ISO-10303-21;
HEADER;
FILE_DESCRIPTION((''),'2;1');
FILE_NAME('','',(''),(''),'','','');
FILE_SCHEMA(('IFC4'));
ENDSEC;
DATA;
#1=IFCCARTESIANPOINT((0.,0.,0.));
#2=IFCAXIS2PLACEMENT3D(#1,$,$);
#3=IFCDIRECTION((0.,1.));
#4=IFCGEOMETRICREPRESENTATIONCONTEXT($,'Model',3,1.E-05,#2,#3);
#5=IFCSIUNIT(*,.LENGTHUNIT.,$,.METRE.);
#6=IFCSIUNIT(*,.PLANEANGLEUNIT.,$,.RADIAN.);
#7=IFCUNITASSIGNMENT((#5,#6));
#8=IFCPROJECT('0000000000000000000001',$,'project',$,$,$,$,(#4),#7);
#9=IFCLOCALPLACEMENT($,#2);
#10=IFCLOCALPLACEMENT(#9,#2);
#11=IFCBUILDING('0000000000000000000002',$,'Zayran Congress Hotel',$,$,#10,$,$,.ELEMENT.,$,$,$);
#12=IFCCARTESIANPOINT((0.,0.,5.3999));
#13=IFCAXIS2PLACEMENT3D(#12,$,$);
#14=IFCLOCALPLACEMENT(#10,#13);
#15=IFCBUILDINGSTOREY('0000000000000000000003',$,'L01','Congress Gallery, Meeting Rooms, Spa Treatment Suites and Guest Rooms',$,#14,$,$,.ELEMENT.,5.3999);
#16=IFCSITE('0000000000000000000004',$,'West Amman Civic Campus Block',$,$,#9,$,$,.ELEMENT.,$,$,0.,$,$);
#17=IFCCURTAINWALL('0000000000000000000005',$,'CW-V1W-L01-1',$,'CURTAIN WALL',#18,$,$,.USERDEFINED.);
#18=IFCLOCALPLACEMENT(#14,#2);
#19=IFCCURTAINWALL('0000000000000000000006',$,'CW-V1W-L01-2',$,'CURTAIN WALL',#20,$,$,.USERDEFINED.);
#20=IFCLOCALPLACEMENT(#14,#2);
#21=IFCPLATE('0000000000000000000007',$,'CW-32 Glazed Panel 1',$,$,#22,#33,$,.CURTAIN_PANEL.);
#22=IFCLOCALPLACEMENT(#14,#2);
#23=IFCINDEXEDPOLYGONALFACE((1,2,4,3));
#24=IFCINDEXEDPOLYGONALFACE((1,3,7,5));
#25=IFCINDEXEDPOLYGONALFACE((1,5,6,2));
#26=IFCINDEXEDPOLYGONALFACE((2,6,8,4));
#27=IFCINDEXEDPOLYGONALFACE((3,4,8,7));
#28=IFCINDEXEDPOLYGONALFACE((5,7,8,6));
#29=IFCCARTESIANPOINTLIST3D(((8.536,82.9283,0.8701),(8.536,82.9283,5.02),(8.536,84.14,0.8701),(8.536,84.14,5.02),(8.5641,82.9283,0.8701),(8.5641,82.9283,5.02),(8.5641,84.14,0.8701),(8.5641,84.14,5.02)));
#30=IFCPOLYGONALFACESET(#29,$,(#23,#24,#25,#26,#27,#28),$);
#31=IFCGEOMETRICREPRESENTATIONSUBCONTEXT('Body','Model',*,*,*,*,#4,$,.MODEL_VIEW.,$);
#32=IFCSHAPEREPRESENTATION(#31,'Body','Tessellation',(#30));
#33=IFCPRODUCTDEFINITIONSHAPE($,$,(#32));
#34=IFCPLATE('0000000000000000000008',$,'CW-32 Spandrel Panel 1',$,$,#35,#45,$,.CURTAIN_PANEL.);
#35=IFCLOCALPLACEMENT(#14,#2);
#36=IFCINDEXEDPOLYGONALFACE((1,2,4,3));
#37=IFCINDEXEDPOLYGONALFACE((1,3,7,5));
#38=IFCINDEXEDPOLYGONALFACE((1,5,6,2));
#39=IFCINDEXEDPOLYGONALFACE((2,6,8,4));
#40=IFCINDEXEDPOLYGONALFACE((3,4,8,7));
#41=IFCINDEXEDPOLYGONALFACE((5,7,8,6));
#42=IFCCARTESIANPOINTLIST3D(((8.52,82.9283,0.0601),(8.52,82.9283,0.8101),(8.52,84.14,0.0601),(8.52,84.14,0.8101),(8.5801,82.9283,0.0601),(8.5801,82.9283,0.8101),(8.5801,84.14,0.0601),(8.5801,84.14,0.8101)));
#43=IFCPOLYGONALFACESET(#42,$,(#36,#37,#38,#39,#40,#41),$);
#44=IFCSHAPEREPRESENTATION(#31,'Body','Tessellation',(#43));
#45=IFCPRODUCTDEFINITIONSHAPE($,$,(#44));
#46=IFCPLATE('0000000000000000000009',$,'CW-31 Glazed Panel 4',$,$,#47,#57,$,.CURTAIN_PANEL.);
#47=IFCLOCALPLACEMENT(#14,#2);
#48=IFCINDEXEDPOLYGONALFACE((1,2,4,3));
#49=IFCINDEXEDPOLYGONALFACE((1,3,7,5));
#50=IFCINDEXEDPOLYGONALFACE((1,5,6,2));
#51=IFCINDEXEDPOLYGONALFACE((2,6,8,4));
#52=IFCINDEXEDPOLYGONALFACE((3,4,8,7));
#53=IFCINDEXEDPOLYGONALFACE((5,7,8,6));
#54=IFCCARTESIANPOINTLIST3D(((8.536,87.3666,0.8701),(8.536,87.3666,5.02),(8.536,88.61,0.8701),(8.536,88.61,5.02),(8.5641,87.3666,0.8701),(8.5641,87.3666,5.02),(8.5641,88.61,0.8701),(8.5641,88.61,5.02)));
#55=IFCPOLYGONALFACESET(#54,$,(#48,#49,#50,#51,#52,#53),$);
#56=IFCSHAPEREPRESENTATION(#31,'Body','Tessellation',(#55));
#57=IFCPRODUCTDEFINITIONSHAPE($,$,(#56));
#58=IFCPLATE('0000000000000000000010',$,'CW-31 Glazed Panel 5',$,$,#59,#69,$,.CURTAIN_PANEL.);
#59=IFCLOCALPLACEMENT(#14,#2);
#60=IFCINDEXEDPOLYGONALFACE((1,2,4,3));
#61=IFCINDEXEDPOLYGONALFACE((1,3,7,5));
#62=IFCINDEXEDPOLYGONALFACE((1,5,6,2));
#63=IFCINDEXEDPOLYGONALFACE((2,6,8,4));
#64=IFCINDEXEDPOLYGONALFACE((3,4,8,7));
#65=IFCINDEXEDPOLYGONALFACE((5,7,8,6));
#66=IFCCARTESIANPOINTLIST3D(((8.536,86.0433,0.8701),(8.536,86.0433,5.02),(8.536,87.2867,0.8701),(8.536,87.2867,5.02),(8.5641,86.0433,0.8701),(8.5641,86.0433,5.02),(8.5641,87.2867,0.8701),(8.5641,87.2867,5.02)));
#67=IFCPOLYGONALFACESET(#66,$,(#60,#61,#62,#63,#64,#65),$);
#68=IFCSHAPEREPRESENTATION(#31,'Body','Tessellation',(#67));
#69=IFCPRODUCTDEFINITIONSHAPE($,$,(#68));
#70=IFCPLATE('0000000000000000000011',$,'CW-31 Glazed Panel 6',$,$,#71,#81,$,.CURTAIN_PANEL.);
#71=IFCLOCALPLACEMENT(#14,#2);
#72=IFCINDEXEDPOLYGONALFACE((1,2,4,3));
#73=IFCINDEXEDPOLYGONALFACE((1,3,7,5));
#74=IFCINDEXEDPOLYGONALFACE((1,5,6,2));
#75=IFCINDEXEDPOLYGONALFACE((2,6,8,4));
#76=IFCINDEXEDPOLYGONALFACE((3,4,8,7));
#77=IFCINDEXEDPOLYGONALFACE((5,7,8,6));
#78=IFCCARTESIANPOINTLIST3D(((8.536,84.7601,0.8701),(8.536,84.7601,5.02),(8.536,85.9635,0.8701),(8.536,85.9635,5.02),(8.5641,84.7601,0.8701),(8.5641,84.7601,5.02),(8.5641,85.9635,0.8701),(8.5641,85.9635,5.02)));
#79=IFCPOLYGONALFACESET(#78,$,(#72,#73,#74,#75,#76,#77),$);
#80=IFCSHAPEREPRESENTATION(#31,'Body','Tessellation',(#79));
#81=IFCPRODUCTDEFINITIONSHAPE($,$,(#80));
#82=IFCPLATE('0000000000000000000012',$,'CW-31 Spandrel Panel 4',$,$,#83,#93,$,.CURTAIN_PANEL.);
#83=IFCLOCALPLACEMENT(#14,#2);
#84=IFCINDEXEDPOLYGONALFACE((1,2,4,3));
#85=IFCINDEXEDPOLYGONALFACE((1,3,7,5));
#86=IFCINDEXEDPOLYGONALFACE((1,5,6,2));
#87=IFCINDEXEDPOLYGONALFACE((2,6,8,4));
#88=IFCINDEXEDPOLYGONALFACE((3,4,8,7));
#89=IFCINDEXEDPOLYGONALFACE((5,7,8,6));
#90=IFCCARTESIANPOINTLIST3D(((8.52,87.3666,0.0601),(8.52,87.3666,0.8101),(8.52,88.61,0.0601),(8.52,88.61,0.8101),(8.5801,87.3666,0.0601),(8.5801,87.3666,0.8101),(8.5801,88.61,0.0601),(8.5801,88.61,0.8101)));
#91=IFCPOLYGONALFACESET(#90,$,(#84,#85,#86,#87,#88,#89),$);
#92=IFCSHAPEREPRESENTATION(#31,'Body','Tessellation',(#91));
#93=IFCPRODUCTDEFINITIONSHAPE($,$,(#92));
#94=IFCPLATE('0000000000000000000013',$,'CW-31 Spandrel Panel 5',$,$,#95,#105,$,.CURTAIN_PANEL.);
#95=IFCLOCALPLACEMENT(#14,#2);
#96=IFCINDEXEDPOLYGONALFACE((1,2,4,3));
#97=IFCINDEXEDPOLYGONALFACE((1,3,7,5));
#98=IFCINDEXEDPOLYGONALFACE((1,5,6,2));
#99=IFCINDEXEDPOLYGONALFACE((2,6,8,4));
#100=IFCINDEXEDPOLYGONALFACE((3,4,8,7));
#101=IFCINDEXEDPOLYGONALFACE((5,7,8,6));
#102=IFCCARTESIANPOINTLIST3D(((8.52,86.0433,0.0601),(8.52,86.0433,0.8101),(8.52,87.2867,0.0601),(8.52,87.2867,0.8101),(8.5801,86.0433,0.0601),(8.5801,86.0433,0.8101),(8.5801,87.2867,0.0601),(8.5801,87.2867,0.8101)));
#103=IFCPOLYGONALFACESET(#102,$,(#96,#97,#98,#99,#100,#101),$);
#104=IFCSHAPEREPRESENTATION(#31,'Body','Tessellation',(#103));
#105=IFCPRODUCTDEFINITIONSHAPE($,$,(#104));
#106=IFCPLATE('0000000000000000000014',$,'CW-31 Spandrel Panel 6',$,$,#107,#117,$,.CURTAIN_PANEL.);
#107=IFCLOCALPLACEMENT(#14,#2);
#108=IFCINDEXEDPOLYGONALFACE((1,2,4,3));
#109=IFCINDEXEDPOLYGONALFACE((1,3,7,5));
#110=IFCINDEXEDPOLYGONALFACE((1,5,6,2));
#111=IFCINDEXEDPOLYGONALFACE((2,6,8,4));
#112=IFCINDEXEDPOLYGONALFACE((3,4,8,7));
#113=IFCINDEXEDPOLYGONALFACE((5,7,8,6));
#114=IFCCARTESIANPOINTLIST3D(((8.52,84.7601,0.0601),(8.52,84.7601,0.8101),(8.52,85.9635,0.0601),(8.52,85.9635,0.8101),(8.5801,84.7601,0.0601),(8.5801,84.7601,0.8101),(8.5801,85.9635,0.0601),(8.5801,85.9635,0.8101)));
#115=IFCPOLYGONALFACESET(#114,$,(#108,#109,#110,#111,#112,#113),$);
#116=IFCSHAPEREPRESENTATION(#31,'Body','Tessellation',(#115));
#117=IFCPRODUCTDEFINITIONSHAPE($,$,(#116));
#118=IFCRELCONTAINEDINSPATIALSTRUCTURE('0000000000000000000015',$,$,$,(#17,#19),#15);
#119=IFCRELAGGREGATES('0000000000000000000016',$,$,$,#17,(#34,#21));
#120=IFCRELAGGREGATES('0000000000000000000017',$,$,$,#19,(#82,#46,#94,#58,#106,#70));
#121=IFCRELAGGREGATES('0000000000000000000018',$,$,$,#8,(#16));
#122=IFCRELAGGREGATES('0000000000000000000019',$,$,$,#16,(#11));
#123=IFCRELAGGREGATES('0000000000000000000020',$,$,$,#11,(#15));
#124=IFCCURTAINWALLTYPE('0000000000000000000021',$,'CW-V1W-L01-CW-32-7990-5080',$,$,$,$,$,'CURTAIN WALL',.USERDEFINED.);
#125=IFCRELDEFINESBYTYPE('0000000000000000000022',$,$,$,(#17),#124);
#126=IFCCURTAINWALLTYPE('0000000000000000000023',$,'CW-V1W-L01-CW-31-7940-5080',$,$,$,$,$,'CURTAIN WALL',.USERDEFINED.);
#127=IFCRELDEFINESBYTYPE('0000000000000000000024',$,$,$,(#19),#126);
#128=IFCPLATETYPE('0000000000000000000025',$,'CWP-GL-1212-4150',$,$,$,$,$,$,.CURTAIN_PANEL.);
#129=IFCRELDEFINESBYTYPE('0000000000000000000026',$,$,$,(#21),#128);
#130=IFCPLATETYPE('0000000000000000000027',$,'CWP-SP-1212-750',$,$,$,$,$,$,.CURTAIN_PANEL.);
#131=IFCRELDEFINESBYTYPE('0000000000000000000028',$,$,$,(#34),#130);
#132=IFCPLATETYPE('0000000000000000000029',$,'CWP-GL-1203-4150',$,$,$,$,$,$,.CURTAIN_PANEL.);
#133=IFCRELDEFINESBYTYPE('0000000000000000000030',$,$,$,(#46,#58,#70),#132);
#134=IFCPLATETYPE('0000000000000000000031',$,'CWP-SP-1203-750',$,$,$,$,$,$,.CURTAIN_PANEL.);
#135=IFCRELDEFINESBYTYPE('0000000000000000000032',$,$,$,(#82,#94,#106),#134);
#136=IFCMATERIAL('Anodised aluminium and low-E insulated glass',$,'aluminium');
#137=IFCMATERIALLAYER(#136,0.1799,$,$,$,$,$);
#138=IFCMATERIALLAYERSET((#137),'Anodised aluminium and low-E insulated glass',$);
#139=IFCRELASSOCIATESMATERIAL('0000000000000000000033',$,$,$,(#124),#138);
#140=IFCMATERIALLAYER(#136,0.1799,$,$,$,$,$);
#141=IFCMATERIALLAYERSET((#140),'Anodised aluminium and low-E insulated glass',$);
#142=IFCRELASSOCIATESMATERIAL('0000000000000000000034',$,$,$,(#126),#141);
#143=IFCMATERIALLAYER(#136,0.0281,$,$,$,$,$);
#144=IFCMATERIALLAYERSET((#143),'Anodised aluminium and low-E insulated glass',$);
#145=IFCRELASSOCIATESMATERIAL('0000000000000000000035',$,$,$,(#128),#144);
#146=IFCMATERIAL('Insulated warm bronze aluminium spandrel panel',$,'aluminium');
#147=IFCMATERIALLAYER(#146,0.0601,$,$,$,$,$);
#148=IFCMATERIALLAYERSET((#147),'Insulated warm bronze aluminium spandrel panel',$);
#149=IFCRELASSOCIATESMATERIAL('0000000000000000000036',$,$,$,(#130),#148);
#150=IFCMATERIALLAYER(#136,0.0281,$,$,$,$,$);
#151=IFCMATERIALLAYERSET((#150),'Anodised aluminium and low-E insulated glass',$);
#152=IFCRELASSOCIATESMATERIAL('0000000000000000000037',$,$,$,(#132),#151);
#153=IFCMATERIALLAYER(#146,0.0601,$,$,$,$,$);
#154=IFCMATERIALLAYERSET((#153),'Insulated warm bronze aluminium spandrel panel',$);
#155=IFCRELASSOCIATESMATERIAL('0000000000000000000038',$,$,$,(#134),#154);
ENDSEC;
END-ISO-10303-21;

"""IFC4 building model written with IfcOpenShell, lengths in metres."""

from ifc_helpers import new_model, si_unit, direction, frame, origin, origin_2d, place, context, subcontext, project, spatial, rectangle, extrude, material, layer, layer_set, type_object, element, aggregate, save


model = new_model("IFC4")

# Units and contexts
model_context = context("Model", 3, precision=1e-05, world=origin(), true_north=direction((0.0, 1.0)))
body_context = subcontext(model_context, "Body", "Model", "MODEL_VIEW")
ifc_project = project(units=[si_unit("LENGTHUNIT", "METRE"), si_unit("PLANEANGLEUNIT", "RADIAN")], contexts=[model_context])

# Site, building, storey
site_placement = place(None, origin())
site = spatial("IfcSite", under=ifc_project, at=site_placement, Name="West Amman Civic Campus Block", CompositionType="ELEMENT", RefElevation=0.0)
building_placement = place(site_placement, origin())
building = spatial("IfcBuilding", under=site, at=building_placement, Name="Zayran Congress Hotel", CompositionType="ELEMENT")
storey_placement = place(building_placement, frame((0.0, 0.0, 5.3999)))
storey = spatial("IfcBuildingStorey", under=building, at=storey_placement, Name="L01", Description="Congress Gallery, Meeting Rooms, Spa Treatment Suites and Guest Rooms", CompositionType="ELEMENT", Elevation=5.3999)

# Curtain wall
ifc_material_1 = material(Name="Anodised aluminium and low-E insulated glass", Category="aluminium")
ifc_layer_1 = layer(ifc_material_1, 0.1799)
ifc_layer_set_1 = layer_set([ifc_layer_1], Name="Anodised aluminium and low-E insulated glass")
curtain_wall_type_1 = type_object("IfcCurtainWallType", Name="CW-V1W-L01-CW-32-7990-5080", ElementType="CURTAIN WALL", PredefinedType="USERDEFINED", material=ifc_layer_set_1)
curtain_wall_1_placement = place(storey_placement, origin())
curtain_wall_1 = element("IfcCurtainWall", 1, at=curtain_wall_1_placement, inside=storey, type_object=curtain_wall_type_1, Name="CW-V1W-L01-1", ObjectType="CURTAIN WALL", PredefinedType="USERDEFINED")

# Curtain wall
ifc_layer_2 = layer(ifc_material_1, 0.1799)
ifc_layer_set_2 = layer_set([ifc_layer_2], Name="Anodised aluminium and low-E insulated glass")
curtain_wall_type_2 = type_object("IfcCurtainWallType", Name="CW-V1W-L01-CW-31-7940-5080", ElementType="CURTAIN WALL", PredefinedType="USERDEFINED", material=ifc_layer_set_2)
curtain_wall_2_placement = place(storey_placement, origin())
curtain_wall_2 = element("IfcCurtainWall", 2, at=curtain_wall_2_placement, inside=storey, type_object=curtain_wall_type_2, Name="CW-V1W-L01-2", ObjectType="CURTAIN WALL", PredefinedType="USERDEFINED")

# Plates
ifc_layer_3 = layer(ifc_material_1, 0.0281)
ifc_layer_set_3 = layer_set([ifc_layer_3], Name="Anodised aluminium and low-E insulated glass")
plate_type_1 = type_object("IfcPlateType", Name="CWP-GL-1212-4150", PredefinedType="CURTAIN_PANEL", material=ifc_layer_set_3)
plate_1_placement = place(storey_placement, frame((8.55, 83.5342, 0.8701), z_axis=(0.0, 0.0, 1.0), x_axis=(0.0, 1.0, 0.0)))
plate_1 = element("IfcPlate", 3, at=plate_1_placement, type_object=plate_type_1, Name="CW-32 Glazed Panel 1", PredefinedType="CURTAIN_PANEL", context=body_context, shape_type="SweptSolid", body=[
    extrude(rectangle(XDim=1.2117, YDim=0.0281, at=origin_2d()), origin(), (0.0, 0.0, 1.0), 4.1499),
])
ifc_material_2 = material(Name="Insulated warm bronze aluminium spandrel panel", Category="aluminium")
ifc_layer_4 = layer(ifc_material_2, 0.0601)
ifc_layer_set_4 = layer_set([ifc_layer_4], Name="Insulated warm bronze aluminium spandrel panel")
plate_type_2 = type_object("IfcPlateType", Name="CWP-SP-1212-750", PredefinedType="CURTAIN_PANEL", material=ifc_layer_set_4)
plate_2_placement = place(storey_placement, frame((8.55, 83.5342, 0.0601), z_axis=(0.0, 0.0, 1.0), x_axis=(0.0, 1.0, 0.0)))
plate_2 = element("IfcPlate", 4, at=plate_2_placement, type_object=plate_type_2, Name="CW-32 Spandrel Panel 1", PredefinedType="CURTAIN_PANEL", context=body_context, shape_type="SweptSolid", body=[
    extrude(rectangle(XDim=1.2117, YDim=0.0601, at=origin_2d()), origin(), (0.0, 0.0, 1.0), 0.75),
])
aggregate(curtain_wall_1, [plate_2, plate_1])
ifc_layer_5 = layer(ifc_material_1, 0.0281)
ifc_layer_set_5 = layer_set([ifc_layer_5], Name="Anodised aluminium and low-E insulated glass")
plate_type_3 = type_object("IfcPlateType", Name="CWP-GL-1203-4150", PredefinedType="CURTAIN_PANEL", material=ifc_layer_set_5)
plate_3_placement = place(storey_placement, frame((8.55, 87.9883, 0.8701), z_axis=(0.0, 0.0, 1.0), x_axis=(0.0, 1.0, 0.0)))
plate_3 = element("IfcPlate", 5, at=plate_3_placement, type_object=plate_type_3, Name="CW-31 Glazed Panel 4", PredefinedType="CURTAIN_PANEL", context=body_context, shape_type="SweptSolid", body=[
    extrude(rectangle(XDim=1.2434, YDim=0.0281, at=origin_2d()), origin(), (0.0, 0.0, 1.0), 4.1499),
])
plate_4_placement = place(storey_placement, frame((8.55, 86.665, 0.8701), z_axis=(0.0, 0.0, 1.0), x_axis=(0.0, 1.0, 0.0)))
plate_4 = element("IfcPlate", 6, at=plate_4_placement, type_object=plate_type_3, Name="CW-31 Glazed Panel 5", PredefinedType="CURTAIN_PANEL", context=body_context, shape_type="SweptSolid", body=[
    extrude(rectangle(XDim=1.2434, YDim=0.0281, at=origin_2d()), origin(), (0.0, 0.0, 1.0), 4.1499),
])
plate_5_placement = place(storey_placement, frame((8.55, 85.3618, 0.8701), z_axis=(0.0, 0.0, 1.0), x_axis=(0.0, 1.0, 0.0)))
plate_5 = element("IfcPlate", 7, at=plate_5_placement, type_object=plate_type_3, Name="CW-31 Glazed Panel 6", PredefinedType="CURTAIN_PANEL", context=body_context, shape_type="SweptSolid", body=[
    extrude(rectangle(XDim=1.2034, YDim=0.0281, at=origin_2d()), origin(), (0.0, 0.0, 1.0), 4.1499),
])
ifc_layer_6 = layer(ifc_material_2, 0.0601)
ifc_layer_set_6 = layer_set([ifc_layer_6], Name="Insulated warm bronze aluminium spandrel panel")
plate_type_4 = type_object("IfcPlateType", Name="CWP-SP-1203-750", PredefinedType="CURTAIN_PANEL", material=ifc_layer_set_6)
plate_6_placement = place(storey_placement, frame((8.55, 87.9883, 0.0601), z_axis=(0.0, 0.0, 1.0), x_axis=(0.0, 1.0, 0.0)))
plate_6 = element("IfcPlate", 8, at=plate_6_placement, type_object=plate_type_4, Name="CW-31 Spandrel Panel 4", PredefinedType="CURTAIN_PANEL", context=body_context, shape_type="SweptSolid", body=[
    extrude(rectangle(XDim=1.2434, YDim=0.0601, at=origin_2d()), origin(), (0.0, 0.0, 1.0), 0.75),
])
plate_7_placement = place(storey_placement, frame((8.55, 86.665, 0.0601), z_axis=(0.0, 0.0, 1.0), x_axis=(0.0, 1.0, 0.0)))
plate_7 = element("IfcPlate", 9, at=plate_7_placement, type_object=plate_type_4, Name="CW-31 Spandrel Panel 5", PredefinedType="CURTAIN_PANEL", context=body_context, shape_type="SweptSolid", body=[
    extrude(rectangle(XDim=1.2434, YDim=0.0601, at=origin_2d()), origin(), (0.0, 0.0, 1.0), 0.75),
])
plate_8_placement = place(storey_placement, frame((8.55, 85.3618, 0.0601), z_axis=(0.0, 0.0, 1.0), x_axis=(0.0, 1.0, 0.0)))
plate_8 = element("IfcPlate", 10, at=plate_8_placement, type_object=plate_type_4, Name="CW-31 Spandrel Panel 6", PredefinedType="CURTAIN_PANEL", context=body_context, shape_type="SweptSolid", body=[
    extrude(rectangle(XDim=1.2034, YDim=0.0601, at=origin_2d()), origin(), (0.0, 0.0, 1.0), 0.75),
])
aggregate(curtain_wall_2, [plate_6, plate_3, plate_7, plate_4, plate_8, plate_5])

save(model, "model.ifc")
